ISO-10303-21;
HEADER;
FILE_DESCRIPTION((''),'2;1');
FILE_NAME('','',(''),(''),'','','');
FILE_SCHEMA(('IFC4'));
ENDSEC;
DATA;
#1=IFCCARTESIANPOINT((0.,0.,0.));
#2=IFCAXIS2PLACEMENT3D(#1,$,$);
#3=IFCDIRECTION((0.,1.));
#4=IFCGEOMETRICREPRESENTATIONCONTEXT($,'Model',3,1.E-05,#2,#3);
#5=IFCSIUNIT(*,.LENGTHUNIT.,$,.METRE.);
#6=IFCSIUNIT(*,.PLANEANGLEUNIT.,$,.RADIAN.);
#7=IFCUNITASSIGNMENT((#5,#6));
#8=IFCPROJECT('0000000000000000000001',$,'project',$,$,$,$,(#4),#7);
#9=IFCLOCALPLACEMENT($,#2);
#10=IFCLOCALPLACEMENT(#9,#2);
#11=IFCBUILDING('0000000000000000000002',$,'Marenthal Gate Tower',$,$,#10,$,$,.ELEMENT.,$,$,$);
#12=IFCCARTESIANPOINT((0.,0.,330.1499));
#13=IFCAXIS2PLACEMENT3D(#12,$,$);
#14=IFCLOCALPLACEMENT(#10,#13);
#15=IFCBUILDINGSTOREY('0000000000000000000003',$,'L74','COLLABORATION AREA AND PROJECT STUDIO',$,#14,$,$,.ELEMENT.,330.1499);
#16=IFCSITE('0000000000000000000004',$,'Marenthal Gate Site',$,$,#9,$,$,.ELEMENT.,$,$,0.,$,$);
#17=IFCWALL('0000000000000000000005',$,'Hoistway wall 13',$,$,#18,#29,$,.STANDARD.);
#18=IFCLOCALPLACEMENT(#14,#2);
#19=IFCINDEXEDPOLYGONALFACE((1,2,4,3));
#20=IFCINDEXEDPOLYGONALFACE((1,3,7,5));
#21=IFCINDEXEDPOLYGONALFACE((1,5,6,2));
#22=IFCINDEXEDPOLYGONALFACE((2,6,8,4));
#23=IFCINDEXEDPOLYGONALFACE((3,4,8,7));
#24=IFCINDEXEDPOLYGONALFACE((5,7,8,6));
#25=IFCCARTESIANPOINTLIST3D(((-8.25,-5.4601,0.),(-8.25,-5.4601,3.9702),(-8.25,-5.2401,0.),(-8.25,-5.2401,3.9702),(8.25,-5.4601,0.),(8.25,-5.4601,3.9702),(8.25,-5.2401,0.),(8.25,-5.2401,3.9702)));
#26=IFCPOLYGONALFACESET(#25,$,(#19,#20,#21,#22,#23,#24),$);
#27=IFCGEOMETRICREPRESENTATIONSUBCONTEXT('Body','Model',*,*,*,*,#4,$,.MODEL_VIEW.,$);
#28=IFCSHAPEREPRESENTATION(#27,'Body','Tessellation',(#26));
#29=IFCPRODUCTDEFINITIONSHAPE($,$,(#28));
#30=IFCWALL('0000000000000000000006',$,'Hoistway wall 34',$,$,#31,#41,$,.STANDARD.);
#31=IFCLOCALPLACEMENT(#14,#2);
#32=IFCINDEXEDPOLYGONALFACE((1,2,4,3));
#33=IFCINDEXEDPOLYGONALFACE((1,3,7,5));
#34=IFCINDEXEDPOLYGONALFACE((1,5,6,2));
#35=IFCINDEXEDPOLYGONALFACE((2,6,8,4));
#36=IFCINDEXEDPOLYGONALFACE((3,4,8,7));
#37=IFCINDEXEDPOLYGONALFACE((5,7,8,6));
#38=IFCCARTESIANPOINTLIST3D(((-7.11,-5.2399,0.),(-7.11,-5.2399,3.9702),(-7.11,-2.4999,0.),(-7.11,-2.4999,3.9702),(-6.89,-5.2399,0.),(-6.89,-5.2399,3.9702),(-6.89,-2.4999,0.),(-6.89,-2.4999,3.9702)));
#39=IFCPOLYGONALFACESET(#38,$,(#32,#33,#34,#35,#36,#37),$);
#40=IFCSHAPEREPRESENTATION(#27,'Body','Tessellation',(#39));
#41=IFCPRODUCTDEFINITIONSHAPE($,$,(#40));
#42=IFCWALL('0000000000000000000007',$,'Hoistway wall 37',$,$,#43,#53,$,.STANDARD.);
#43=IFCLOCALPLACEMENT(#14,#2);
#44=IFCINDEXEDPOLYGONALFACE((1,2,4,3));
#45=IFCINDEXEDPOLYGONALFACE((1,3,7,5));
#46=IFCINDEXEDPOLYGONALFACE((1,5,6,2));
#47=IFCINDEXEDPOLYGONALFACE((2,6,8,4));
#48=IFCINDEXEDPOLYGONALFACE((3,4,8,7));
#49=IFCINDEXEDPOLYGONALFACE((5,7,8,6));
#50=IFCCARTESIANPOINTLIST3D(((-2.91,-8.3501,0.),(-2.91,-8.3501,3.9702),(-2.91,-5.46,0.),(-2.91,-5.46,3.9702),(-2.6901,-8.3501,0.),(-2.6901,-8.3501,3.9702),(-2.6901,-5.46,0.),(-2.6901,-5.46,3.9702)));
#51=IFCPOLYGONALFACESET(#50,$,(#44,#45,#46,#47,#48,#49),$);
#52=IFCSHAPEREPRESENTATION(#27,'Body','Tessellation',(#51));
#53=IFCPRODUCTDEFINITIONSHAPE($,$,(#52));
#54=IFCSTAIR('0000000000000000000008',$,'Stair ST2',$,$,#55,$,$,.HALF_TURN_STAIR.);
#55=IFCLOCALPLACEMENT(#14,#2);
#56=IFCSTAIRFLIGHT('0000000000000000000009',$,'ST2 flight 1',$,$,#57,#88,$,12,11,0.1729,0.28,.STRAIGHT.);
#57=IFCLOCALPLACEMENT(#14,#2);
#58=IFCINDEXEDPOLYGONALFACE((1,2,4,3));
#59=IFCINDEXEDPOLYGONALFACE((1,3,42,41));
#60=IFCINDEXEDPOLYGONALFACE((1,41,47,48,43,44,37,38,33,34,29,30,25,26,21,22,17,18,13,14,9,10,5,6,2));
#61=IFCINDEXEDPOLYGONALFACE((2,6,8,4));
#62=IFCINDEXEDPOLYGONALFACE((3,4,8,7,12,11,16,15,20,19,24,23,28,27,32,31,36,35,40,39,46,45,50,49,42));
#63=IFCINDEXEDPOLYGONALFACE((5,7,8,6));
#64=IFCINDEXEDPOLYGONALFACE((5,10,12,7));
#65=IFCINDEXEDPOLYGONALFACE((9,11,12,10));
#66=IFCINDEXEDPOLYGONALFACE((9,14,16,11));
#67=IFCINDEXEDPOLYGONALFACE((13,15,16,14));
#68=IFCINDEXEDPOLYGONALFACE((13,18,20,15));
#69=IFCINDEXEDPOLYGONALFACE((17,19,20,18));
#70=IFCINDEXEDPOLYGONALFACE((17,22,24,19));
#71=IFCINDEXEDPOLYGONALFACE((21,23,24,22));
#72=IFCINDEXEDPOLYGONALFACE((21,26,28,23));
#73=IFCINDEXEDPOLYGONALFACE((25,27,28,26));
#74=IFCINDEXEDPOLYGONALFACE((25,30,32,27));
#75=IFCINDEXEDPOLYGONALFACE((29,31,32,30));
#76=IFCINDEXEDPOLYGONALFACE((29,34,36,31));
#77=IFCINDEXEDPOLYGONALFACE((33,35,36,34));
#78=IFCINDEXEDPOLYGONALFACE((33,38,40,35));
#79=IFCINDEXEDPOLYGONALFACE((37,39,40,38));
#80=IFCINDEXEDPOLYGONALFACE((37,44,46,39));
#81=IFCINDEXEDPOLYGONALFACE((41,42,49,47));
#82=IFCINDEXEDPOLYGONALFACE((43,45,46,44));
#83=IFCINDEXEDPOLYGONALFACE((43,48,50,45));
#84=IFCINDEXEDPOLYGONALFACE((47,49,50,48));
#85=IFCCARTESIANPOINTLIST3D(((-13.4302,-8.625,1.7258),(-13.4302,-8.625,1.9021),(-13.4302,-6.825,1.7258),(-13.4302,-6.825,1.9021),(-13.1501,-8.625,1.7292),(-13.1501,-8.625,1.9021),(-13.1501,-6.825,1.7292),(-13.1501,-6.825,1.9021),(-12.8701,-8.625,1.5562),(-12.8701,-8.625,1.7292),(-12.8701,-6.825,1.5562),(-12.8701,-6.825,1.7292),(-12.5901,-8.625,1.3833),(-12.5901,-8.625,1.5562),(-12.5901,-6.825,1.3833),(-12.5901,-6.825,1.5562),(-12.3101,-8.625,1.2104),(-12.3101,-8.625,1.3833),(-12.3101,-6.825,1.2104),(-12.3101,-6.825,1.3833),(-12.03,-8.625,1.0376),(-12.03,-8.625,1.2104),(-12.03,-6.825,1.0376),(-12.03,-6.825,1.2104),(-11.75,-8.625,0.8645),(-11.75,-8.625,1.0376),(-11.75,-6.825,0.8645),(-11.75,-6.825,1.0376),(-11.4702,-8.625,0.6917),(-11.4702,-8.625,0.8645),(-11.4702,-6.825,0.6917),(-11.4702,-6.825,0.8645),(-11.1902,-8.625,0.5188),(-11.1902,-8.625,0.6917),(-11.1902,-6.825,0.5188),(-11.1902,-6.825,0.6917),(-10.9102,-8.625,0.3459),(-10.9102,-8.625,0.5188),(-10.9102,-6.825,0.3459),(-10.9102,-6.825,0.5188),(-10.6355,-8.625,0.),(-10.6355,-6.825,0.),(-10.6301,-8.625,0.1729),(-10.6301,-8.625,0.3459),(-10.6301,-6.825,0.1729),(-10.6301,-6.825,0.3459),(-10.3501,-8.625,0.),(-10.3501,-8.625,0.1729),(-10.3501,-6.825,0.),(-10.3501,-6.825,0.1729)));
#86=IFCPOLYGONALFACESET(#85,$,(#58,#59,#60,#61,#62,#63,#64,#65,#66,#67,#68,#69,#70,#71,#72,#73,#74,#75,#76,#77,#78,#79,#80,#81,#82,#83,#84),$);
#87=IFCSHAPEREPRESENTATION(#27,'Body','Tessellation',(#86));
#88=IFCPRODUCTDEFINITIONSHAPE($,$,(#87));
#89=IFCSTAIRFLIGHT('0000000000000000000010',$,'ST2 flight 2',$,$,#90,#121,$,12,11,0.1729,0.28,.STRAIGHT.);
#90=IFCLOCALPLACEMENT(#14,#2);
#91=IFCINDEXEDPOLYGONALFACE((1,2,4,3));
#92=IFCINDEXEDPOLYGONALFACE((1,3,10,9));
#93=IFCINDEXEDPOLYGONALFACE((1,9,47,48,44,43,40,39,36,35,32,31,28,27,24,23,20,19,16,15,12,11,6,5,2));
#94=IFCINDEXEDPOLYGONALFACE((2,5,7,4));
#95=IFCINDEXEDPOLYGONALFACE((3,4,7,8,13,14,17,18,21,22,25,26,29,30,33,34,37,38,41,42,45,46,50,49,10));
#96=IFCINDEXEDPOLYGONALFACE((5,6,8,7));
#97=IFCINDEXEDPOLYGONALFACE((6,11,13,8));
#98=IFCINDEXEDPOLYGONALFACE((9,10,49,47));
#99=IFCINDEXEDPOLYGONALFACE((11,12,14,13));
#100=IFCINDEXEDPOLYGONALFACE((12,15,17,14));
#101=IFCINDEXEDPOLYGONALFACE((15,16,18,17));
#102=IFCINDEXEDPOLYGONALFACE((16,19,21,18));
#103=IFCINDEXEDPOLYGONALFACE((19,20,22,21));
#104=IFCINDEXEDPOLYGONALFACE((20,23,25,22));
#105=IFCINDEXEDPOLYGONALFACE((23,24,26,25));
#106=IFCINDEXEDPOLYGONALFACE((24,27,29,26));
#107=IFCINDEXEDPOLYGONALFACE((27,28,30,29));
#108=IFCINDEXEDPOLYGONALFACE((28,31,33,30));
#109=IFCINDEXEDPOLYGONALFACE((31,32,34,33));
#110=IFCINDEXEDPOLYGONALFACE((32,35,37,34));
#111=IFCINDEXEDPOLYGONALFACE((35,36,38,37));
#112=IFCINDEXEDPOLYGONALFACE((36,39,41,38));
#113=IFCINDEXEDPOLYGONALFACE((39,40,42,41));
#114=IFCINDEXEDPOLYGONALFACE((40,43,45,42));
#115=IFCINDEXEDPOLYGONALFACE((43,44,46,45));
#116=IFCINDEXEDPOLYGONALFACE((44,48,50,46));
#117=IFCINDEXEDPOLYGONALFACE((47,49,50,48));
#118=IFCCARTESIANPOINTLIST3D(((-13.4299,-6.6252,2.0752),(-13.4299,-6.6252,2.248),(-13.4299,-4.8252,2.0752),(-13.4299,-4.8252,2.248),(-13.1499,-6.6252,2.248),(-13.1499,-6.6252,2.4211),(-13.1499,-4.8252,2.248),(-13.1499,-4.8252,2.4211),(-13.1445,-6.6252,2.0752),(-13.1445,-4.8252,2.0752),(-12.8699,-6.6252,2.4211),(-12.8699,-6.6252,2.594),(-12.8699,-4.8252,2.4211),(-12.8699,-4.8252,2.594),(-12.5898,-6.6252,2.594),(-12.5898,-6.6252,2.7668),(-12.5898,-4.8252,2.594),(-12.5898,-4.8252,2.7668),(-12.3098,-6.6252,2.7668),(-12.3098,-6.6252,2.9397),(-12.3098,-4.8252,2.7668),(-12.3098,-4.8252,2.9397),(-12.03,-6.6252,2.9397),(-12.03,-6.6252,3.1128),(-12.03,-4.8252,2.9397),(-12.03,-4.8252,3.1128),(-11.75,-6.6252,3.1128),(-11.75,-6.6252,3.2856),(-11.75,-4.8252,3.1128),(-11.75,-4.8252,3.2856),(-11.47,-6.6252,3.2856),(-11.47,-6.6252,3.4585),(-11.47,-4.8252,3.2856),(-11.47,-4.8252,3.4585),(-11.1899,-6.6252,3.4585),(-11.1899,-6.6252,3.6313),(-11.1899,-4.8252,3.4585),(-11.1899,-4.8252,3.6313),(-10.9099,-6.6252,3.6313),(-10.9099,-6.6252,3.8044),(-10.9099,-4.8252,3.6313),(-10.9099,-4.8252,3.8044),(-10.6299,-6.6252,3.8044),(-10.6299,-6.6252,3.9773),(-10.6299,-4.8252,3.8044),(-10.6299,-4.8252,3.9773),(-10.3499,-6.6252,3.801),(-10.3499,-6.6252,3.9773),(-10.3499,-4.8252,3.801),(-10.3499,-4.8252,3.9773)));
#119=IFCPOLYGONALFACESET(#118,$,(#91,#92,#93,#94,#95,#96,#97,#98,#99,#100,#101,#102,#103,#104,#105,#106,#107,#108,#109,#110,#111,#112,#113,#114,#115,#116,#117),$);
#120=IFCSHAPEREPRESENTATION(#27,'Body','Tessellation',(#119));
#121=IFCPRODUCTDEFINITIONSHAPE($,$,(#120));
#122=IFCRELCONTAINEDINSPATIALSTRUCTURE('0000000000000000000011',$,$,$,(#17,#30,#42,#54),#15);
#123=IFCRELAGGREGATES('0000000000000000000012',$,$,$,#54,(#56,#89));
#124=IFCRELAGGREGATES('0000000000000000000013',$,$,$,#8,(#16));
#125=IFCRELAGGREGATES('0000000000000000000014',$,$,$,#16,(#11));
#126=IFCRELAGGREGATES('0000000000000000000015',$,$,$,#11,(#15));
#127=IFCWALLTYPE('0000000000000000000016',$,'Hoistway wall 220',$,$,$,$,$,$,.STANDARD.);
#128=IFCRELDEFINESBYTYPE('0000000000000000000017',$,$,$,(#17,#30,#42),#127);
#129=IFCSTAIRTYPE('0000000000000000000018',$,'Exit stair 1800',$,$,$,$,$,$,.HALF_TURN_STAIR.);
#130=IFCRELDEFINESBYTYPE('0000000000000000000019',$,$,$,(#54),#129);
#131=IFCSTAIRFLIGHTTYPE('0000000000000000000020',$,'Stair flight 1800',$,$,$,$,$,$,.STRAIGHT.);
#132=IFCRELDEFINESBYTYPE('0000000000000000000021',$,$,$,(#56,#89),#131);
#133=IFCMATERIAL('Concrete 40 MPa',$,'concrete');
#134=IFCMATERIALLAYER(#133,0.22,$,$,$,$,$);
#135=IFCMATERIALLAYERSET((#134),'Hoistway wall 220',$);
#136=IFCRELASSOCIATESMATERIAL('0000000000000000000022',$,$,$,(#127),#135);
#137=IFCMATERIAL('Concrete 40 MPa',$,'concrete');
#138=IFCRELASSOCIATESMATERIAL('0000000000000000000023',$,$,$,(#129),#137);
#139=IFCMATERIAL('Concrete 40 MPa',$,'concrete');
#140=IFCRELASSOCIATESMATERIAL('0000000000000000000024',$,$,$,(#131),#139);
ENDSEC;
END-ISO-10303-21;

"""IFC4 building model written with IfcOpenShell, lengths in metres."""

from ifc_helpers import new_model, si_unit, direction, frame, frame_2d, origin, place, context, subcontext, project, spatial, polyline, rectangle, outline, extrude, material, layer, layer_set, type_object, element, aggregate, save


model = new_model("IFC4")

# Units and contexts
model_context = context("Model", 3, precision=1e-05, world=origin(), true_north=direction((0.0, 1.0)))
body_context = subcontext(model_context, "Body", "Model", "MODEL_VIEW")
ifc_project = project(units=[si_unit("LENGTHUNIT", "METRE"), si_unit("PLANEANGLEUNIT", "RADIAN")], contexts=[model_context])

# Site, building, storey
site_placement = place(None, origin())
site = spatial("IfcSite", under=ifc_project, at=site_placement, Name="Marenthal Gate Site", CompositionType="ELEMENT", RefElevation=0.0)
building_placement = place(site_placement, origin())
building = spatial("IfcBuilding", under=site, at=building_placement, Name="Marenthal Gate Tower", CompositionType="ELEMENT")
storey_placement = place(building_placement, frame((0.0, 0.0, 330.1499)))
storey = spatial("IfcBuildingStorey", under=building, at=storey_placement, Name="L74", Description="COLLABORATION AREA AND PROJECT STUDIO", CompositionType="ELEMENT", Elevation=330.1499)

# Shared definitions
ifc_material_1 = material(Name="Concrete 40 MPa", Category="concrete")
ifc_layer_1 = layer(ifc_material_1, 0.22)
ifc_layer_set_1 = layer_set([ifc_layer_1], Name="Hoistway wall 220")
wall_type_1 = type_object("IfcWallType", Name="Hoistway wall 220", PredefinedType="STANDARD", material=ifc_layer_set_1)

# Walls
wall_1_placement = place(storey_placement, frame((-8.25, -5.3501, 0.0), z_axis=(0.0, 0.0, 1.0), x_axis=(1.0, 0.0, 0.0)))
element("IfcWall", 1, at=wall_1_placement, inside=storey, type_object=wall_type_1, Name="Hoistway wall 13", PredefinedType="STANDARD", context=body_context, shape_type="SweptSolid", body=[
    extrude(rectangle(XDim=16.5, YDim=0.22, at=frame_2d((8.25, 0.0))), origin(), (0.0, 0.0, 1.0), 3.9702),
])
wall_2_placement = place(storey_placement, frame((-7.0, -5.24, 0.0), z_axis=(0.0, 0.0, 1.0), x_axis=(0.0, 1.0, 0.0)))
element("IfcWall", 2, at=wall_2_placement, inside=storey, type_object=wall_type_1, Name="Hoistway wall 34", PredefinedType="STANDARD", context=body_context, shape_type="SweptSolid", body=[
    extrude(rectangle(XDim=2.74, YDim=0.22, at=frame_2d((1.3701, 0.0))), origin(), (0.0, 0.0, 1.0), 3.9702),
])
wall_3_placement = place(storey_placement, frame((-2.8, -8.3501, 0.0), z_axis=(0.0, 0.0, 1.0), x_axis=(0.0, 1.0, 0.0)))
element("IfcWall", 3, at=wall_3_placement, inside=storey, type_object=wall_type_1, Name="Hoistway wall 37", PredefinedType="STANDARD", context=body_context, shape_type="SweptSolid", body=[
    extrude(rectangle(XDim=2.8901, YDim=0.22, at=frame_2d((1.4451, 0.0))), origin(), (0.0, 0.0, 1.0), 3.9702),
])

# Stair, stair flights
ifc_material_2 = material(Name="Concrete 40 MPa", Category="concrete")
stair_type = type_object("IfcStairType", Name="Exit stair 1800", PredefinedType="HALF_TURN_STAIR", material=ifc_material_2)
stair_placement = place(storey_placement, origin())
stair = element("IfcStair", 4, at=stair_placement, inside=storey, type_object=stair_type, Name="Stair ST2", PredefinedType="HALF_TURN_STAIR")
ifc_material_3 = material(Name="Concrete 40 MPa", Category="concrete")
stair_flight_type = type_object("IfcStairFlightType", Name="Stair flight 1800", PredefinedType="STRAIGHT", material=ifc_material_3)
stair_flight_1_placement = place(storey_placement, frame((-10.3501, -7.7251, 0.0), z_axis=(0.0, 0.0, 1.0), x_axis=(-1.0, 0.0, 0.0)))
stair_flight_1 = element("IfcStairFlight", 5, at=stair_flight_1_placement, type_object=stair_flight_type, Name="ST2 flight 1", NumberOfRisers=12, NumberOfTreads=11, PredefinedType="STRAIGHT", RiserHeight=0.1729, TreadLength=0.28, context=body_context, shape_type="SweptSolid", body=[
    extrude(outline(polyline([(0.0, 0.0), (0.0, 0.1729), (0.28, 0.1729), (0.28, 0.3459), (0.5601, 0.3459), (0.5601, 0.5188), (0.8401, 0.5188), (0.8401, 0.6917), (1.1201, 0.6917), (1.1201, 0.8645), (1.3999, 0.8645), (1.3999, 1.0376), (1.6799, 1.0376), (1.6799, 1.2104), (1.96, 1.2104), (1.96, 1.3833), (2.24, 1.3833), (2.24, 1.5562), (2.52, 1.5562), (2.52, 1.7292), (2.8, 1.7292), (2.8, 1.9021), (3.0801, 1.9021), (3.0801, 2.075), (3.0801, 1.7258), (0.2854, 0.0), (0.0, 0.0)])), frame((0.0, 0.8999, 0.0), z_axis=(0.0, -1.0, 0.0), x_axis=(1.0, 0.0, 0.0)), (0.0, 0.0, 1.0), 1.8),
])
stair_flight_2_placement = place(storey_placement, frame((-13.4299, -5.7251, 2.0752), z_axis=(0.0, 0.0, 1.0), x_axis=(1.0, 0.0, 0.0)))
stair_flight_2 = element("IfcStairFlight", 6, at=stair_flight_2_placement, type_object=stair_flight_type, Name="ST2 flight 2", NumberOfRisers=12, NumberOfTreads=11, PredefinedType="STRAIGHT", RiserHeight=0.1729, TreadLength=0.28, context=body_context, shape_type="SweptSolid", body=[
    extrude(outline(polyline([(0.0, 0.0), (0.0, 0.1729), (0.28, 0.1729), (0.28, 0.3459), (0.5601, 0.3459), (0.5601, 0.5188), (0.8401, 0.5188), (0.8401, 0.6917), (1.1201, 0.6917), (1.1201, 0.8645), (1.3999, 0.8645), (1.3999, 1.0376), (1.6799, 1.0376), (1.6799, 1.2104), (1.96, 1.2104), (1.96, 1.3833), (2.24, 1.3833), (2.24, 1.5562), (2.52, 1.5562), (2.52, 1.7292), (2.8, 1.7292), (2.8, 1.9021), (3.0801, 1.9021), (3.0801, 2.075), (3.0801, 1.7258), (0.2854, 0.0), (0.0, 0.0)])), frame((0.0, 0.8999, 0.0), z_axis=(0.0, -1.0, 0.0), x_axis=(1.0, 0.0, 0.0)), (0.0, 0.0, 1.0), 1.8),
])
aggregate(stair, [stair_flight_1, stair_flight_2])

save(model, "model.ifc")
